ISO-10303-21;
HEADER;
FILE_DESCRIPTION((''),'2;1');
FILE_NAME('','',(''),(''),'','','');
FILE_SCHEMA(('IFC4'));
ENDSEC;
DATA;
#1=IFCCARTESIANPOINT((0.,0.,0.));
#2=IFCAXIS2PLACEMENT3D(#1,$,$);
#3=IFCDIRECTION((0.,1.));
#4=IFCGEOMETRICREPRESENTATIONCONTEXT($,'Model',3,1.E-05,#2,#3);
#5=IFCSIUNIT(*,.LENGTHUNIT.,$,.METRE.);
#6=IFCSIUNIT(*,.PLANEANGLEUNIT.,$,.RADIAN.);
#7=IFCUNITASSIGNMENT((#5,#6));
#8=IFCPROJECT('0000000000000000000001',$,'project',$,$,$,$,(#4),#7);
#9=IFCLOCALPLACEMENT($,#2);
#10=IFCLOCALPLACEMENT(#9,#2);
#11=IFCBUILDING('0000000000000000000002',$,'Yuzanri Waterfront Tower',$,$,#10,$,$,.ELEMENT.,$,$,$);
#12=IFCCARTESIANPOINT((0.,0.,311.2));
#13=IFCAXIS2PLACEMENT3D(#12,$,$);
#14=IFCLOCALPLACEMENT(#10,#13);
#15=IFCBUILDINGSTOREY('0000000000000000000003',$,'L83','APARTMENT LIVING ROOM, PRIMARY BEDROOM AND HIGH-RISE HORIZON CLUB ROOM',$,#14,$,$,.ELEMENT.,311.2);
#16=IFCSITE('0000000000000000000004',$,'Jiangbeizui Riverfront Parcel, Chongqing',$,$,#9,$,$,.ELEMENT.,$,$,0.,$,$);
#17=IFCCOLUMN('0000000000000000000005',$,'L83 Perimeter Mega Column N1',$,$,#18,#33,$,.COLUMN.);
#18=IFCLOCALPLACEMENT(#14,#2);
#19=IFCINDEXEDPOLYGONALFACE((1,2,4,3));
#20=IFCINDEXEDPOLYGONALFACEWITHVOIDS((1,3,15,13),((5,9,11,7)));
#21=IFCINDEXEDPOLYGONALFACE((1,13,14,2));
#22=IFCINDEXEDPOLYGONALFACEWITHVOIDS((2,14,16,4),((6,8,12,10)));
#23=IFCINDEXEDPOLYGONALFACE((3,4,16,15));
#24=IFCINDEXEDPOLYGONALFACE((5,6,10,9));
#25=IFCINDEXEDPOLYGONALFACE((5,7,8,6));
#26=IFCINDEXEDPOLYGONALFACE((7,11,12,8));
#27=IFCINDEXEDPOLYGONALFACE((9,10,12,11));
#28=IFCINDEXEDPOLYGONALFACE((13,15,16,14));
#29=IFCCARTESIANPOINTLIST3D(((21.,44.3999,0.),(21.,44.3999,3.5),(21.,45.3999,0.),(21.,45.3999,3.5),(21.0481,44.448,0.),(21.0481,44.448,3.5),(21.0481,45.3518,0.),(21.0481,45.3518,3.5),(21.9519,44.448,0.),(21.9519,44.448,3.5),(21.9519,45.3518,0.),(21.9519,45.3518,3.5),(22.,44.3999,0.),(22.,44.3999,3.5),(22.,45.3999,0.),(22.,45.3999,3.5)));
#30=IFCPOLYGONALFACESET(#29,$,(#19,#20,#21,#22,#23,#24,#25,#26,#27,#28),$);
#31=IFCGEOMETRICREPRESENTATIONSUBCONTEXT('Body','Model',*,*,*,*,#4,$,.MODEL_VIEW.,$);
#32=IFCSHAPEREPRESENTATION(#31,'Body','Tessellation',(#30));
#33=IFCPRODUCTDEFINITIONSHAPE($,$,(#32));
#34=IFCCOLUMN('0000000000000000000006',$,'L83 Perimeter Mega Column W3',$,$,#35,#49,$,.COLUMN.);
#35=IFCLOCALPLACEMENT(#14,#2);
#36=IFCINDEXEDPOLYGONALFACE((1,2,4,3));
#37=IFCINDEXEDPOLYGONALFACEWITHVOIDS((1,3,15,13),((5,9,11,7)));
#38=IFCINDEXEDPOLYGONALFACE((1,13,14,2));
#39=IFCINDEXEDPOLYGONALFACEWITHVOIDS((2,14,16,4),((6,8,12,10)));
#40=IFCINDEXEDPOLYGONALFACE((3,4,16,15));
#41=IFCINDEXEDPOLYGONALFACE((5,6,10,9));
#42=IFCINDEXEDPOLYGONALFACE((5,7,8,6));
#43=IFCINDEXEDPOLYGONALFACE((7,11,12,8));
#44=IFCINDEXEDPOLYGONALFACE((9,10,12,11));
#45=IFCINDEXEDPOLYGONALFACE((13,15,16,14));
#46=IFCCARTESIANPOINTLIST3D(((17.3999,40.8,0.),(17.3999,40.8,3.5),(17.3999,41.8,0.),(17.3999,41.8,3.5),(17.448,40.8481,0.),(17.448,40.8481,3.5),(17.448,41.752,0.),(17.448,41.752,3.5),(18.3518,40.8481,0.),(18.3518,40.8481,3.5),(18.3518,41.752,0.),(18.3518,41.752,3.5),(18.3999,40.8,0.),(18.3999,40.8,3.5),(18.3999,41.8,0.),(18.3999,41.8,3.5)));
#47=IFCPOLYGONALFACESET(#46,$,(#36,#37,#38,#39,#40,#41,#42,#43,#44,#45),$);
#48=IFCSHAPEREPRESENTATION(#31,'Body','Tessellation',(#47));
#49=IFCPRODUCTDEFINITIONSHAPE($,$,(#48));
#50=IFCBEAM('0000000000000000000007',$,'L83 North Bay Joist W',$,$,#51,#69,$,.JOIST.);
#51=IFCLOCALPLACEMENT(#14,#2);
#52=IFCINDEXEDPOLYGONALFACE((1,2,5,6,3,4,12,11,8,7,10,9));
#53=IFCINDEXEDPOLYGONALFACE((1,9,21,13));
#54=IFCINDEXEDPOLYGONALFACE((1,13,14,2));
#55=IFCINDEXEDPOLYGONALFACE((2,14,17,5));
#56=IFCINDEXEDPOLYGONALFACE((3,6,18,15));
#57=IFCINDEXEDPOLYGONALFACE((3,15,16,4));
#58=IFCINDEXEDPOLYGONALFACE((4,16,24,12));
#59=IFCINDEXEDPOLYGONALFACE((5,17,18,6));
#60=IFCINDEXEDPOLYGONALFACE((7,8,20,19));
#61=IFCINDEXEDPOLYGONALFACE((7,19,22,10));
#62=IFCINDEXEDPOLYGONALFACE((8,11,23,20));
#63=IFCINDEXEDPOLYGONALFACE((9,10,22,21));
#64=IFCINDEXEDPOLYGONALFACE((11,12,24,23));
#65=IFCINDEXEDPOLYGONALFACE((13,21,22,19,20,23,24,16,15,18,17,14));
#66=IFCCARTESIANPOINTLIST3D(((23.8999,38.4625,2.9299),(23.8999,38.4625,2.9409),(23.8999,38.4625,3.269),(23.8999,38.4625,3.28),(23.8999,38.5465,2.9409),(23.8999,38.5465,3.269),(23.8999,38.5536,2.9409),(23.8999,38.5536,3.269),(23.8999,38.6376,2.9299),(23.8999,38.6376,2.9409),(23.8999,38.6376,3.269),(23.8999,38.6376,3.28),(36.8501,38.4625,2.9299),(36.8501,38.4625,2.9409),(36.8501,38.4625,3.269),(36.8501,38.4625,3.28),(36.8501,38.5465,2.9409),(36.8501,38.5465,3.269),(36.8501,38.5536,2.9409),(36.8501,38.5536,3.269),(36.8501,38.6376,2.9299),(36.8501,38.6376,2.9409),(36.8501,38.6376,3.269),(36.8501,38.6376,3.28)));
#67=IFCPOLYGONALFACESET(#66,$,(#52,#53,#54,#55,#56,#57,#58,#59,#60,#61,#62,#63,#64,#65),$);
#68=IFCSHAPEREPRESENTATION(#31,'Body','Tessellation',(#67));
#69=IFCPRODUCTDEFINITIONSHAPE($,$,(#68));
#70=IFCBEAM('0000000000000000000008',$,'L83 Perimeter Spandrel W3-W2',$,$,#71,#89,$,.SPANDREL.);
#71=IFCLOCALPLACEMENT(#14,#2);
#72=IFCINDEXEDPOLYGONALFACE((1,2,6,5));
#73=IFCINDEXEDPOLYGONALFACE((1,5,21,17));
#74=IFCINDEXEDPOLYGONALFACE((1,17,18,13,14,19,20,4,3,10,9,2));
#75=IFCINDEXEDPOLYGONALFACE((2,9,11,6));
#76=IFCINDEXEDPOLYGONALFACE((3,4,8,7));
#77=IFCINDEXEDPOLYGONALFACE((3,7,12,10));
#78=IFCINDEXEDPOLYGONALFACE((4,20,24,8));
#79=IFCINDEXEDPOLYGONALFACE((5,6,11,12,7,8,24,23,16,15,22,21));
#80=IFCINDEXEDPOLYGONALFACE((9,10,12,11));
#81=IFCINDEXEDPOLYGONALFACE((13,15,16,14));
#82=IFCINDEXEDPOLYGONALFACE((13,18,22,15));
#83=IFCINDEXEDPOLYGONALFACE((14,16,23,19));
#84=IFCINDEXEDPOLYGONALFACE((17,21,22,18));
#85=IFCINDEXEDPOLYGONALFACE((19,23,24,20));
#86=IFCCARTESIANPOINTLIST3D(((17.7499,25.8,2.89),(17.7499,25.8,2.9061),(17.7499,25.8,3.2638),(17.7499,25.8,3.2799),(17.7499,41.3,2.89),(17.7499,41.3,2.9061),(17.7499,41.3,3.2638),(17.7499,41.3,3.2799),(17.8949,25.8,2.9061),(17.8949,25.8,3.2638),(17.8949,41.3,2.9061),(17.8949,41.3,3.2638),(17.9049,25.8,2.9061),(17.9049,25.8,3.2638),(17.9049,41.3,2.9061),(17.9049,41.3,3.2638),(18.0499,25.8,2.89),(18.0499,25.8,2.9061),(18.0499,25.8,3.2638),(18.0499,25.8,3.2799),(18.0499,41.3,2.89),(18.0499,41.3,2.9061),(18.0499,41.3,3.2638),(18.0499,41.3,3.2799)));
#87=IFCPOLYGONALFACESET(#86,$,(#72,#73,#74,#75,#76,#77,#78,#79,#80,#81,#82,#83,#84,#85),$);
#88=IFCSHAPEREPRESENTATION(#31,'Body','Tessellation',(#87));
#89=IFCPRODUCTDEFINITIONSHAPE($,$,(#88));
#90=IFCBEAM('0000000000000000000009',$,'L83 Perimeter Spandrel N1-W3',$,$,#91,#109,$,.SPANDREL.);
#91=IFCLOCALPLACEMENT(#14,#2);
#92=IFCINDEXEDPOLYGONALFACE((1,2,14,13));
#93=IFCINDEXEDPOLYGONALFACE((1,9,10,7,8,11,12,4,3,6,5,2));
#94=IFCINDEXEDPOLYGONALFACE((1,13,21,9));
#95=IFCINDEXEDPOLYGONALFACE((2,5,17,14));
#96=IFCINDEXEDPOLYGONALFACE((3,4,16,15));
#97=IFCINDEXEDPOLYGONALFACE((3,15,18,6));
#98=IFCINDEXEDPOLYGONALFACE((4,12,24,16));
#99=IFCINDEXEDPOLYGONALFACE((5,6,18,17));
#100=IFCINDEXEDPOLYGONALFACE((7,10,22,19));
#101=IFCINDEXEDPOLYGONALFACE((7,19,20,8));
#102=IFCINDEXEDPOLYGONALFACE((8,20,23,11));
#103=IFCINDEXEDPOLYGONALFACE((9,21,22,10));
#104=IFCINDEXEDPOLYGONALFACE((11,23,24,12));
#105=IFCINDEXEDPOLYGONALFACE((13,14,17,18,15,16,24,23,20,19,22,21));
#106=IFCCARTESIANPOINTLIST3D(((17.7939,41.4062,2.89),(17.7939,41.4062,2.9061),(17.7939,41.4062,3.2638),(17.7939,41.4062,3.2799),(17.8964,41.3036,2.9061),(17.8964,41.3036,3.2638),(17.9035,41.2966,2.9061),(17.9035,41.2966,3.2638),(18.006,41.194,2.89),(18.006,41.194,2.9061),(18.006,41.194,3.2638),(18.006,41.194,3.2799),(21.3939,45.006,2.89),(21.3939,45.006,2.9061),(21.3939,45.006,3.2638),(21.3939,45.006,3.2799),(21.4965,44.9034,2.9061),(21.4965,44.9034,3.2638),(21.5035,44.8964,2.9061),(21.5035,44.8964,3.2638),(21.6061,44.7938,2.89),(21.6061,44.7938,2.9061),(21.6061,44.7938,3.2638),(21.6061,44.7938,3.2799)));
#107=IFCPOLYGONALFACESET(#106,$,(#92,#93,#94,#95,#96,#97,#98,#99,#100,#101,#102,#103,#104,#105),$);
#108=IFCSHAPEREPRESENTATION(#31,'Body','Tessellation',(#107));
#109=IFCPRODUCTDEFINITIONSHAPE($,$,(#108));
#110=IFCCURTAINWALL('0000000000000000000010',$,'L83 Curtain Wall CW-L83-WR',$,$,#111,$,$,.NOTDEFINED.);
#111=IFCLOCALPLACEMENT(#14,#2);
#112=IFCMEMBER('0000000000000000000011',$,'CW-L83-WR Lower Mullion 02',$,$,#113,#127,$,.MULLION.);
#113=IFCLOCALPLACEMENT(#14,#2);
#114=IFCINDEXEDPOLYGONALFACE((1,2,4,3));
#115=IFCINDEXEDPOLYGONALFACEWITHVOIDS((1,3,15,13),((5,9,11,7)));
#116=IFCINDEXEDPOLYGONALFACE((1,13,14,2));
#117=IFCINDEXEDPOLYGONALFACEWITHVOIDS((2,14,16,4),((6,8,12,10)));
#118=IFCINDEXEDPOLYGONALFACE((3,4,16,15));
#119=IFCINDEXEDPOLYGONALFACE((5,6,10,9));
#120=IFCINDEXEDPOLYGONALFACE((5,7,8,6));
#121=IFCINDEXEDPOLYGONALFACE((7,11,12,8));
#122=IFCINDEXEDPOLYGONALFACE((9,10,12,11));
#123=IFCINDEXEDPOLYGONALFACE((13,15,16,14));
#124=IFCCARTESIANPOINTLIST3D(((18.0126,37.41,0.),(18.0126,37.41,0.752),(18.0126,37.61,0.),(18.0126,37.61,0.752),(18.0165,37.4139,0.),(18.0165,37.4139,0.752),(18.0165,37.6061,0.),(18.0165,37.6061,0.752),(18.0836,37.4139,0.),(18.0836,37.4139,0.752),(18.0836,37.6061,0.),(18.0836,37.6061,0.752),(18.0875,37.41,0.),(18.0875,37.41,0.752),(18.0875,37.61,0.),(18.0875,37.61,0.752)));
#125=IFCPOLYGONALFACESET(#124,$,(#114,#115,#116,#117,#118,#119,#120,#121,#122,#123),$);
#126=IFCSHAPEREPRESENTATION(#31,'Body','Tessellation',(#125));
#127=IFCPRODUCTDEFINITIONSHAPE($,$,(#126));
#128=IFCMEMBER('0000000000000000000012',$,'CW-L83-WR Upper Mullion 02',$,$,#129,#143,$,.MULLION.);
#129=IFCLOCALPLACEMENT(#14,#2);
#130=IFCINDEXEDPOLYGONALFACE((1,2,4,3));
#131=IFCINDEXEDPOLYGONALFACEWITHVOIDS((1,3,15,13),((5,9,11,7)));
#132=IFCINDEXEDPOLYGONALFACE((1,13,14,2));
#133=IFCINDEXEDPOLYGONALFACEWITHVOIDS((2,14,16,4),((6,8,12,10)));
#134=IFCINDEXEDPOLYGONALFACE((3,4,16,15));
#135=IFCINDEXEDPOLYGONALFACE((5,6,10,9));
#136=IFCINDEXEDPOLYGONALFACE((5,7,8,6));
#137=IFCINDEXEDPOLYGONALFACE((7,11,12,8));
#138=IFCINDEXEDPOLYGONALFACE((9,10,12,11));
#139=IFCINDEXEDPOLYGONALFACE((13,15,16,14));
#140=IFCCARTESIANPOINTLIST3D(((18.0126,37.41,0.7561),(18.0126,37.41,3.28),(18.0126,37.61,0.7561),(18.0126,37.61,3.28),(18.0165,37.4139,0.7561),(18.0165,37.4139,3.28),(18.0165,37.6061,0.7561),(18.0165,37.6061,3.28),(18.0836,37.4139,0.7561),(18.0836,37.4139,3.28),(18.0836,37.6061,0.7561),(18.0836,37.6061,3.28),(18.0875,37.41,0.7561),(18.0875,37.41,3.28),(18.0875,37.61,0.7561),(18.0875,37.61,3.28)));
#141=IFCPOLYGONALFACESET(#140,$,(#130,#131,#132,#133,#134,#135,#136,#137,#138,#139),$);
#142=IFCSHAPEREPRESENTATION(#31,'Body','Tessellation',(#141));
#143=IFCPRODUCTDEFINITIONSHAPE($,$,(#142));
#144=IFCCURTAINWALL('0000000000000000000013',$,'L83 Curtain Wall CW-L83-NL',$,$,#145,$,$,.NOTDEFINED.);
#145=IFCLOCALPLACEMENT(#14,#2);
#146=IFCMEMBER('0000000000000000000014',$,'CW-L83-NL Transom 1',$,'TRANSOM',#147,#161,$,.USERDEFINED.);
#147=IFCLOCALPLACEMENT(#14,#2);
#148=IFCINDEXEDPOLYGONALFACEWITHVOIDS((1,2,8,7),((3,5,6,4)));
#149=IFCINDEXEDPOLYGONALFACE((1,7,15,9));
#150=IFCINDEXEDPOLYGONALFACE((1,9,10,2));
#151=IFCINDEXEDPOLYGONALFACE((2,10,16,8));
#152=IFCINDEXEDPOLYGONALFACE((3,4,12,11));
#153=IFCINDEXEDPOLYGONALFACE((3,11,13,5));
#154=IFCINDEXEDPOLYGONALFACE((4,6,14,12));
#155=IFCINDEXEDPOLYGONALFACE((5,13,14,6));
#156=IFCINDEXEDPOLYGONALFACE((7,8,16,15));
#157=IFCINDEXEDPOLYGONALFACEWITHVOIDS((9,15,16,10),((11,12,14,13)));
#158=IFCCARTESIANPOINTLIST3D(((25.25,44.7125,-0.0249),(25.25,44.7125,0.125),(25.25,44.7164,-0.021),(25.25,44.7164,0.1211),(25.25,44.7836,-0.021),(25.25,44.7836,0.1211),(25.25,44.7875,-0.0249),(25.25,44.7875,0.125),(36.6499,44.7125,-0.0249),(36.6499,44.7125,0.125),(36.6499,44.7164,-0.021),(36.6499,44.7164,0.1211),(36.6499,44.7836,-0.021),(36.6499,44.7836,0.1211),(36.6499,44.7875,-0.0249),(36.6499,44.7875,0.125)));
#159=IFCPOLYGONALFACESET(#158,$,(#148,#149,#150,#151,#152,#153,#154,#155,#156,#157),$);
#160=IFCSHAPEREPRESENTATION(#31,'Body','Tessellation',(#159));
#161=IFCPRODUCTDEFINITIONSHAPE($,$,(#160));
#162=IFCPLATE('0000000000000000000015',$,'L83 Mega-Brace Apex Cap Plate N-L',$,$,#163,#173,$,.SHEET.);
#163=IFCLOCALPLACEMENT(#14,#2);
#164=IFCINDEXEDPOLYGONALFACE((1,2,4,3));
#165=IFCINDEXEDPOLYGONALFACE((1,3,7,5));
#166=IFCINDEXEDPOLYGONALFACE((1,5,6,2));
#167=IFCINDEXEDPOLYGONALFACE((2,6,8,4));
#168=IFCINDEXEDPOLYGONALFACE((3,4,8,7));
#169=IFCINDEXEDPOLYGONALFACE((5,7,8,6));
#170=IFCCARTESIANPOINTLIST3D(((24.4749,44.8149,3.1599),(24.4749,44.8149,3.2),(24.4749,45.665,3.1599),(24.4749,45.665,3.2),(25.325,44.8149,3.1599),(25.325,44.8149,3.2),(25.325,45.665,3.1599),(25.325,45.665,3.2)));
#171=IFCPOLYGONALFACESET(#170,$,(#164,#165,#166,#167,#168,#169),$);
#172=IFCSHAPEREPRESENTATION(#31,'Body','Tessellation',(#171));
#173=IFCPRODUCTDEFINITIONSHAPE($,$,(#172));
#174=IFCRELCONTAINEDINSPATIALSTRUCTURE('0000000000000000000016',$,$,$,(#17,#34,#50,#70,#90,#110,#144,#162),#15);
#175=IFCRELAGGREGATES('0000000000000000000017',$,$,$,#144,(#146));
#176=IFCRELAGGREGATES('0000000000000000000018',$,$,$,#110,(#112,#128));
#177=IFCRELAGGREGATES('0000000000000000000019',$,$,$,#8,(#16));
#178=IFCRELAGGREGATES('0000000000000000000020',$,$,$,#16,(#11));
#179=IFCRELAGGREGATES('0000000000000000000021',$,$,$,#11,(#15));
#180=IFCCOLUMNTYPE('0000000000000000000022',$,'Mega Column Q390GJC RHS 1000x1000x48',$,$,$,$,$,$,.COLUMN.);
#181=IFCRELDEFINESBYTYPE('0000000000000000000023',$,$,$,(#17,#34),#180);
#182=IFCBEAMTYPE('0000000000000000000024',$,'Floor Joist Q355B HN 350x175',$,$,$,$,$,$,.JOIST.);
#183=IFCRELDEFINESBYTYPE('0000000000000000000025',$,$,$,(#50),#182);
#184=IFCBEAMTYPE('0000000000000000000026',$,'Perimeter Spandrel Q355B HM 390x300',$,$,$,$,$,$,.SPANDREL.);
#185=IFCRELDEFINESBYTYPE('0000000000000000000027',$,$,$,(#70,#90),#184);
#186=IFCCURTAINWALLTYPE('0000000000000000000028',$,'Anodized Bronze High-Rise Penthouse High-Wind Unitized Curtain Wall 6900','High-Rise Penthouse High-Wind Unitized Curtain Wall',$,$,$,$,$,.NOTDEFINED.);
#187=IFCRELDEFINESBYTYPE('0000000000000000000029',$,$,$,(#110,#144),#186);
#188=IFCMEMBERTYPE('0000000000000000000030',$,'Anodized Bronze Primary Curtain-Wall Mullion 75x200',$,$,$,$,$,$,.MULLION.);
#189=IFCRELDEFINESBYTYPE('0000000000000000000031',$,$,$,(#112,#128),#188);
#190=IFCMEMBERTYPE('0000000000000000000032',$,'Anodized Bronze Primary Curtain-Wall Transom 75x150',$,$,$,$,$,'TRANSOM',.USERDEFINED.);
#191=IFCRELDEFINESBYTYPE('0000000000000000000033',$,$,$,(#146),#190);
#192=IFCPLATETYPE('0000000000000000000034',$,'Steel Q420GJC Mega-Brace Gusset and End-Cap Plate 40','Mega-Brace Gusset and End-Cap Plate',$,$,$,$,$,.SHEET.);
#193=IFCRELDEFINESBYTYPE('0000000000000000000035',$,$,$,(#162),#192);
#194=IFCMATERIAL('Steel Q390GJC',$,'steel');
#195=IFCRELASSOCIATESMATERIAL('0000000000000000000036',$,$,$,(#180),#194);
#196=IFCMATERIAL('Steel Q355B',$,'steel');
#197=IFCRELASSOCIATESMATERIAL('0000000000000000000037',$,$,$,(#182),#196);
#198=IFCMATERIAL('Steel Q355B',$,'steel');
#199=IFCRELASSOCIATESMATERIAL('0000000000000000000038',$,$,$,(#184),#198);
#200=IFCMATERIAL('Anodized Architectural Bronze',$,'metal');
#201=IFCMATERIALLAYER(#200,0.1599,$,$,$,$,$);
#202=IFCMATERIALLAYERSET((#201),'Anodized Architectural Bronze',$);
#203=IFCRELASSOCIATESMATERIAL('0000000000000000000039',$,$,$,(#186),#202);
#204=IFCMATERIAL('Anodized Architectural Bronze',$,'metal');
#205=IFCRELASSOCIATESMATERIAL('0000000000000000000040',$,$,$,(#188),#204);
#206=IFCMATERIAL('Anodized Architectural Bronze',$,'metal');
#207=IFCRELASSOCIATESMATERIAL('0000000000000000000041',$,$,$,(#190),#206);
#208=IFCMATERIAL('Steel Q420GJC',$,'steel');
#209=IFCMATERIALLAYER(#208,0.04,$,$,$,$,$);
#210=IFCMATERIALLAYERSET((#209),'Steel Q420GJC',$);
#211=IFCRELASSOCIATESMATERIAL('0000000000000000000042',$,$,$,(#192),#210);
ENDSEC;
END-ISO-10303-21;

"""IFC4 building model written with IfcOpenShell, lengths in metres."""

from ifc_helpers import new_model, si_unit, direction, frame, origin, origin_2d, place, context, subcontext, project, spatial, rectangle, hollow_rectangle, i_section, extrude, source, transform, mapped, material, layer, layer_set, material_profile, profile_set, type_object, element, aggregate, save


model = new_model("IFC4")

# Units and contexts
model_context = context("Model", 3, precision=1e-05, world=origin(), true_north=direction((0.0, 1.0)))
body_context = subcontext(model_context, "Body", "Model", "MODEL_VIEW")
ifc_project = project(units=[si_unit("LENGTHUNIT", "METRE"), si_unit("PLANEANGLEUNIT", "RADIAN")], contexts=[model_context])

# Site, building, storey
site_placement = place(None, origin())
site = spatial("IfcSite", under=ifc_project, at=site_placement, Name="Jiangbeizui Riverfront Parcel, Chongqing", CompositionType="ELEMENT", RefElevation=0.0)
building_placement = place(site_placement, origin())
building = spatial("IfcBuilding", under=site, at=building_placement, Name="Yuzanri Waterfront Tower", CompositionType="ELEMENT")
storey_placement = place(building_placement, frame((0.0, 0.0, 311.2)))
storey = spatial("IfcBuildingStorey", under=building, at=storey_placement, Name="L83", Description="APARTMENT LIVING ROOM, PRIMARY BEDROOM AND HIGH-RISE HORIZON CLUB ROOM", CompositionType="ELEMENT", Elevation=311.2)

# Columns
ifc_material_1 = material(Name="Steel Q390GJC", Category="steel")
ifc_material_profile_1 = material_profile(ifc_material_1, hollow_rectangle(XDim=1.0, YDim=1.0, WallThickness=0.0481, at=origin_2d()), Name="RHS 1000x1000x48")
ifc_profile_set_1 = profile_set([ifc_material_profile_1], Name="Steel Q390GJC")
column_type = type_object("IfcColumnType", Name="Mega Column Q390GJC RHS 1000x1000x48", PredefinedType="COLUMN", material=ifc_profile_set_1)
shared_shape_1 = source(origin(), body_context, "Body", "SweptSolid", [
    extrude(hollow_rectangle(XDim=1.0, YDim=1.0, WallThickness=0.0481, at=origin_2d()), origin(), (0.0, 0.0, 1.0), 3.5),
])
for number, where, z_axis, x_axis, name in (
    (1, (21.5, 44.8999, 0.0), (0.0, 0.0, 1.0), (1.0, 0.0, 0.0), "L83 Perimeter Mega Column N1"),
    (2, (17.8999, 41.3, 0.0), (0.0, 0.0, 1.0), (1.0, 0.0, 0.0), "L83 Perimeter Mega Column W3"),
):
    element("IfcColumn", number, at=place(storey_placement, frame(where, z_axis=z_axis, x_axis=x_axis)), inside=storey, type_object=column_type, Name=name, PredefinedType="COLUMN", context=body_context, shape_type="MappedRepresentation", body=[
        mapped(shared_shape_1, transform((0.0, 0.0, 0.0), scale=1.0)),
    ])

# Beams
ifc_material_2 = material(Name="Steel Q355B", Category="steel")
ifc_material_profile_2 = material_profile(ifc_material_2, i_section(OverallWidth=0.175, OverallDepth=0.3501, WebThickness=0.0071, FlangeThickness=0.011, at=origin_2d()), Name="HN 350x175x7x11")
ifc_profile_set_2 = profile_set([ifc_material_profile_2], Name="Steel Q355B")
beam_type_1 = type_object("IfcBeamType", Name="Floor Joist Q355B HN 350x175", PredefinedType="JOIST", material=ifc_profile_set_2)
shared_shape_2 = source(origin(), body_context, "Body", "SweptSolid", [
    extrude(i_section(OverallWidth=0.175, OverallDepth=0.3501, WebThickness=0.0071, FlangeThickness=0.011, at=origin_2d()), origin(), (0.0, 0.0, 1.0), 12.9502),
])
beam_1_placement = place(storey_placement, frame((23.8999, 38.55, 3.105), z_axis=(1.0, 0.0, 0.0), x_axis=(0.0, 1.0, 0.0)))
element("IfcBeam", 3, at=beam_1_placement, inside=storey, type_object=beam_type_1, Name="L83 North Bay Joist W", PredefinedType="JOIST", context=body_context, shape_type="MappedRepresentation", body=[
    mapped(shared_shape_2, transform((0.0, 0.0, 0.0), scale=1.0)),
])
ifc_material_3 = material(Name="Steel Q355B", Category="steel")
ifc_material_profile_3 = material_profile(ifc_material_3, i_section(OverallWidth=0.3, OverallDepth=0.3899, WebThickness=0.01, FlangeThickness=0.0161, at=origin_2d()), Name="HM 390x300x10x16")
ifc_profile_set_3 = profile_set([ifc_material_profile_3], Name="Steel Q355B")
beam_type_2 = type_object("IfcBeamType", Name="Perimeter Spandrel Q355B HM 390x300", PredefinedType="SPANDREL", material=ifc_profile_set_3)
shared_shape_3 = source(origin(), body_context, "Body", "SweptSolid", [
    extrude(i_section(OverallWidth=0.3, OverallDepth=0.3899, WebThickness=0.01, FlangeThickness=0.0161, at=origin_2d()), origin(), (0.0, 0.0, 1.0), 15.5),
])
beam_2_placement = place(storey_placement, frame((17.8999, 41.3, 3.085), z_axis=(0.0, -1.0, 0.0), x_axis=(1.0, 0.0, 0.0)))
element("IfcBeam", 4, at=beam_2_placement, inside=storey, type_object=beam_type_2, Name="L83 Perimeter Spandrel W3-W2", PredefinedType="SPANDREL", context=body_context, shape_type="MappedRepresentation", body=[
    mapped(shared_shape_3, transform((0.0, 0.0, 0.0), scale=1.0)),
])
shared_shape_4 = source(origin(), body_context, "Body", "SweptSolid", [
    extrude(i_section(OverallWidth=0.3, OverallDepth=0.3899, WebThickness=0.01, FlangeThickness=0.0161, at=origin_2d()), origin(), (0.0, 0.0, 1.0), 5.0911),
])
beam_3_placement = place(storey_placement, frame((21.5, 44.8999, 3.085), z_axis=(-0.707131, -0.707083, 0.0), x_axis=(0.707083, -0.707131, 0.0)))
element("IfcBeam", 5, at=beam_3_placement, inside=storey, type_object=beam_type_2, Name="L83 Perimeter Spandrel N1-W3", PredefinedType="SPANDREL", context=body_context, shape_type="MappedRepresentation", body=[
    mapped(shared_shape_4, transform((0.0, 0.0, 0.0), scale=1.0)),
])

# Curtain wall, members
ifc_material_4 = material(Name="Anodized Architectural Bronze", Category="metal")
ifc_layer_1 = layer(ifc_material_4, 0.1599)
ifc_layer_set_1 = layer_set([ifc_layer_1], Name="Anodized Architectural Bronze")
curtain_wall_type = type_object("IfcCurtainWallType", Name="Anodized Bronze High-Rise Penthouse High-Wind Unitized Curtain Wall 6900", Description="High-Rise Penthouse High-Wind Unitized Curtain Wall", PredefinedType="NOTDEFINED", material=ifc_layer_set_1)
curtain_wall_1_placement = place(storey_placement, origin())
curtain_wall_1 = element("IfcCurtainWall", 6, at=curtain_wall_1_placement, inside=storey, type_object=curtain_wall_type, Name="L83 Curtain Wall CW-L83-WR", PredefinedType="NOTDEFINED")
ifc_material_5 = material(Name="Anodized Architectural Bronze", Category="metal")
ifc_material_profile_4 = material_profile(ifc_material_5, hollow_rectangle(XDim=0.075, YDim=0.2, WallThickness=0.0039, at=origin_2d()), Name="CWM 75x200")
ifc_profile_set_4 = profile_set([ifc_material_profile_4], Name="Anodized Architectural Bronze")
member_type_1 = type_object("IfcMemberType", Name="Anodized Bronze Primary Curtain-Wall Mullion 75x200", PredefinedType="MULLION", material=ifc_profile_set_4)
shared_shape_5 = source(origin(), body_context, "Body", "SweptSolid", [
    extrude(hollow_rectangle(XDim=0.075, YDim=0.2, WallThickness=0.0039, at=origin_2d()), origin(), (0.0, 0.0, 1.0), 0.752),
])
member_1_placement = place(storey_placement, frame((18.05, 37.51, 0.0), z_axis=(0.0, 0.0, 1.0), x_axis=(1.0, 0.0, 0.0)))
member_1 = element("IfcMember", 7, at=member_1_placement, type_object=member_type_1, Name="CW-L83-WR Lower Mullion 02", PredefinedType="MULLION", context=body_context, shape_type="MappedRepresentation", body=[
    mapped(shared_shape_5, transform((0.0, 0.0, 0.0), scale=1.0)),
])
shared_shape_6 = source(origin(), body_context, "Body", "SweptSolid", [
    extrude(hollow_rectangle(XDim=0.075, YDim=0.2, WallThickness=0.0039, at=origin_2d()), origin(), (0.0, 0.0, 1.0), 2.5239),
])
member_2_placement = place(storey_placement, frame((18.05, 37.51, 0.7561), z_axis=(0.0, 0.0, 1.0), x_axis=(1.0, 0.0, 0.0)))
member_2 = element("IfcMember", 8, at=member_2_placement, type_object=member_type_1, Name="CW-L83-WR Upper Mullion 02", PredefinedType="MULLION", context=body_context, shape_type="MappedRepresentation", body=[
    mapped(shared_shape_6, transform((0.0, 0.0, 0.0), scale=1.0)),
])

# Curtain wall, member
curtain_wall_2_placement = place(storey_placement, origin())
curtain_wall_2 = element("IfcCurtainWall", 9, at=curtain_wall_2_placement, inside=storey, type_object=curtain_wall_type, Name="L83 Curtain Wall CW-L83-NL", PredefinedType="NOTDEFINED")
ifc_material_6 = material(Name="Anodized Architectural Bronze", Category="metal")
ifc_material_profile_5 = material_profile(ifc_material_6, hollow_rectangle(XDim=0.075, YDim=0.1499, WallThickness=0.0039, at=origin_2d()), Name="CWT 75x150")
ifc_profile_set_5 = profile_set([ifc_material_profile_5], Name="Anodized Architectural Bronze")
member_type_2 = type_object("IfcMemberType", Name="Anodized Bronze Primary Curtain-Wall Transom 75x150", ElementType="TRANSOM", PredefinedType="USERDEFINED", material=ifc_profile_set_5)
shared_shape_7 = source(origin(), body_context, "Body", "SweptSolid", [
    extrude(hollow_rectangle(XDim=0.075, YDim=0.1499, WallThickness=0.0039, at=origin_2d()), origin(), (0.0, 0.0, 1.0), 11.3999),
])
member_3_placement = place(storey_placement, frame((25.25, 44.75, 0.05), z_axis=(1.0, 0.0, 0.0), x_axis=(0.0, 1.0, 0.0)))
member_3 = element("IfcMember", 10, at=member_3_placement, type_object=member_type_2, Name="CW-L83-NL Transom 1", ObjectType="TRANSOM", PredefinedType="USERDEFINED", context=body_context, shape_type="MappedRepresentation", body=[
    mapped(shared_shape_7, transform((0.0, 0.0, 0.0), scale=1.0)),
])
aggregate(curtain_wall_2, [member_3])

# Plate
ifc_material_7 = material(Name="Steel Q420GJC", Category="steel")
ifc_layer_2 = layer(ifc_material_7, 0.04)
ifc_layer_set_2 = layer_set([ifc_layer_2], Name="Steel Q420GJC")
plate_type_1 = type_object("IfcPlateType", Name="Steel Q420GJC Mega-Brace Gusset and End-Cap Plate 40", Description="Mega-Brace Gusset and End-Cap Plate", PredefinedType="SHEET", material=ifc_layer_set_2)
shared_shape_8 = source(origin(), body_context, "Body", "SweptSolid", [
    extrude(rectangle(XDim=0.8501, YDim=0.8501, at=origin_2d()), origin(), (0.0, 0.0, 1.0), 0.04),
])
for number, where, z_axis, x_axis, name in (
    (11, (24.8999, 45.24, 3.1599), (0.0, 0.0, 1.0), (1.0, 0.0, 0.0), "L83 Mega-Brace Apex Cap Plate N-L"),
):
    element("IfcPlate", number, at=place(storey_placement, frame(where, z_axis=z_axis, x_axis=x_axis)), inside=storey, type_object=plate_type_1, Name=name, PredefinedType="SHEET", context=body_context, shape_type="MappedRepresentation", body=[
        mapped(shared_shape_8, transform((0.0, 0.0, 0.0), scale=1.0)),
    ])

aggregate(curtain_wall_1, [member_1, member_2])

save(model, "model.ifc")
